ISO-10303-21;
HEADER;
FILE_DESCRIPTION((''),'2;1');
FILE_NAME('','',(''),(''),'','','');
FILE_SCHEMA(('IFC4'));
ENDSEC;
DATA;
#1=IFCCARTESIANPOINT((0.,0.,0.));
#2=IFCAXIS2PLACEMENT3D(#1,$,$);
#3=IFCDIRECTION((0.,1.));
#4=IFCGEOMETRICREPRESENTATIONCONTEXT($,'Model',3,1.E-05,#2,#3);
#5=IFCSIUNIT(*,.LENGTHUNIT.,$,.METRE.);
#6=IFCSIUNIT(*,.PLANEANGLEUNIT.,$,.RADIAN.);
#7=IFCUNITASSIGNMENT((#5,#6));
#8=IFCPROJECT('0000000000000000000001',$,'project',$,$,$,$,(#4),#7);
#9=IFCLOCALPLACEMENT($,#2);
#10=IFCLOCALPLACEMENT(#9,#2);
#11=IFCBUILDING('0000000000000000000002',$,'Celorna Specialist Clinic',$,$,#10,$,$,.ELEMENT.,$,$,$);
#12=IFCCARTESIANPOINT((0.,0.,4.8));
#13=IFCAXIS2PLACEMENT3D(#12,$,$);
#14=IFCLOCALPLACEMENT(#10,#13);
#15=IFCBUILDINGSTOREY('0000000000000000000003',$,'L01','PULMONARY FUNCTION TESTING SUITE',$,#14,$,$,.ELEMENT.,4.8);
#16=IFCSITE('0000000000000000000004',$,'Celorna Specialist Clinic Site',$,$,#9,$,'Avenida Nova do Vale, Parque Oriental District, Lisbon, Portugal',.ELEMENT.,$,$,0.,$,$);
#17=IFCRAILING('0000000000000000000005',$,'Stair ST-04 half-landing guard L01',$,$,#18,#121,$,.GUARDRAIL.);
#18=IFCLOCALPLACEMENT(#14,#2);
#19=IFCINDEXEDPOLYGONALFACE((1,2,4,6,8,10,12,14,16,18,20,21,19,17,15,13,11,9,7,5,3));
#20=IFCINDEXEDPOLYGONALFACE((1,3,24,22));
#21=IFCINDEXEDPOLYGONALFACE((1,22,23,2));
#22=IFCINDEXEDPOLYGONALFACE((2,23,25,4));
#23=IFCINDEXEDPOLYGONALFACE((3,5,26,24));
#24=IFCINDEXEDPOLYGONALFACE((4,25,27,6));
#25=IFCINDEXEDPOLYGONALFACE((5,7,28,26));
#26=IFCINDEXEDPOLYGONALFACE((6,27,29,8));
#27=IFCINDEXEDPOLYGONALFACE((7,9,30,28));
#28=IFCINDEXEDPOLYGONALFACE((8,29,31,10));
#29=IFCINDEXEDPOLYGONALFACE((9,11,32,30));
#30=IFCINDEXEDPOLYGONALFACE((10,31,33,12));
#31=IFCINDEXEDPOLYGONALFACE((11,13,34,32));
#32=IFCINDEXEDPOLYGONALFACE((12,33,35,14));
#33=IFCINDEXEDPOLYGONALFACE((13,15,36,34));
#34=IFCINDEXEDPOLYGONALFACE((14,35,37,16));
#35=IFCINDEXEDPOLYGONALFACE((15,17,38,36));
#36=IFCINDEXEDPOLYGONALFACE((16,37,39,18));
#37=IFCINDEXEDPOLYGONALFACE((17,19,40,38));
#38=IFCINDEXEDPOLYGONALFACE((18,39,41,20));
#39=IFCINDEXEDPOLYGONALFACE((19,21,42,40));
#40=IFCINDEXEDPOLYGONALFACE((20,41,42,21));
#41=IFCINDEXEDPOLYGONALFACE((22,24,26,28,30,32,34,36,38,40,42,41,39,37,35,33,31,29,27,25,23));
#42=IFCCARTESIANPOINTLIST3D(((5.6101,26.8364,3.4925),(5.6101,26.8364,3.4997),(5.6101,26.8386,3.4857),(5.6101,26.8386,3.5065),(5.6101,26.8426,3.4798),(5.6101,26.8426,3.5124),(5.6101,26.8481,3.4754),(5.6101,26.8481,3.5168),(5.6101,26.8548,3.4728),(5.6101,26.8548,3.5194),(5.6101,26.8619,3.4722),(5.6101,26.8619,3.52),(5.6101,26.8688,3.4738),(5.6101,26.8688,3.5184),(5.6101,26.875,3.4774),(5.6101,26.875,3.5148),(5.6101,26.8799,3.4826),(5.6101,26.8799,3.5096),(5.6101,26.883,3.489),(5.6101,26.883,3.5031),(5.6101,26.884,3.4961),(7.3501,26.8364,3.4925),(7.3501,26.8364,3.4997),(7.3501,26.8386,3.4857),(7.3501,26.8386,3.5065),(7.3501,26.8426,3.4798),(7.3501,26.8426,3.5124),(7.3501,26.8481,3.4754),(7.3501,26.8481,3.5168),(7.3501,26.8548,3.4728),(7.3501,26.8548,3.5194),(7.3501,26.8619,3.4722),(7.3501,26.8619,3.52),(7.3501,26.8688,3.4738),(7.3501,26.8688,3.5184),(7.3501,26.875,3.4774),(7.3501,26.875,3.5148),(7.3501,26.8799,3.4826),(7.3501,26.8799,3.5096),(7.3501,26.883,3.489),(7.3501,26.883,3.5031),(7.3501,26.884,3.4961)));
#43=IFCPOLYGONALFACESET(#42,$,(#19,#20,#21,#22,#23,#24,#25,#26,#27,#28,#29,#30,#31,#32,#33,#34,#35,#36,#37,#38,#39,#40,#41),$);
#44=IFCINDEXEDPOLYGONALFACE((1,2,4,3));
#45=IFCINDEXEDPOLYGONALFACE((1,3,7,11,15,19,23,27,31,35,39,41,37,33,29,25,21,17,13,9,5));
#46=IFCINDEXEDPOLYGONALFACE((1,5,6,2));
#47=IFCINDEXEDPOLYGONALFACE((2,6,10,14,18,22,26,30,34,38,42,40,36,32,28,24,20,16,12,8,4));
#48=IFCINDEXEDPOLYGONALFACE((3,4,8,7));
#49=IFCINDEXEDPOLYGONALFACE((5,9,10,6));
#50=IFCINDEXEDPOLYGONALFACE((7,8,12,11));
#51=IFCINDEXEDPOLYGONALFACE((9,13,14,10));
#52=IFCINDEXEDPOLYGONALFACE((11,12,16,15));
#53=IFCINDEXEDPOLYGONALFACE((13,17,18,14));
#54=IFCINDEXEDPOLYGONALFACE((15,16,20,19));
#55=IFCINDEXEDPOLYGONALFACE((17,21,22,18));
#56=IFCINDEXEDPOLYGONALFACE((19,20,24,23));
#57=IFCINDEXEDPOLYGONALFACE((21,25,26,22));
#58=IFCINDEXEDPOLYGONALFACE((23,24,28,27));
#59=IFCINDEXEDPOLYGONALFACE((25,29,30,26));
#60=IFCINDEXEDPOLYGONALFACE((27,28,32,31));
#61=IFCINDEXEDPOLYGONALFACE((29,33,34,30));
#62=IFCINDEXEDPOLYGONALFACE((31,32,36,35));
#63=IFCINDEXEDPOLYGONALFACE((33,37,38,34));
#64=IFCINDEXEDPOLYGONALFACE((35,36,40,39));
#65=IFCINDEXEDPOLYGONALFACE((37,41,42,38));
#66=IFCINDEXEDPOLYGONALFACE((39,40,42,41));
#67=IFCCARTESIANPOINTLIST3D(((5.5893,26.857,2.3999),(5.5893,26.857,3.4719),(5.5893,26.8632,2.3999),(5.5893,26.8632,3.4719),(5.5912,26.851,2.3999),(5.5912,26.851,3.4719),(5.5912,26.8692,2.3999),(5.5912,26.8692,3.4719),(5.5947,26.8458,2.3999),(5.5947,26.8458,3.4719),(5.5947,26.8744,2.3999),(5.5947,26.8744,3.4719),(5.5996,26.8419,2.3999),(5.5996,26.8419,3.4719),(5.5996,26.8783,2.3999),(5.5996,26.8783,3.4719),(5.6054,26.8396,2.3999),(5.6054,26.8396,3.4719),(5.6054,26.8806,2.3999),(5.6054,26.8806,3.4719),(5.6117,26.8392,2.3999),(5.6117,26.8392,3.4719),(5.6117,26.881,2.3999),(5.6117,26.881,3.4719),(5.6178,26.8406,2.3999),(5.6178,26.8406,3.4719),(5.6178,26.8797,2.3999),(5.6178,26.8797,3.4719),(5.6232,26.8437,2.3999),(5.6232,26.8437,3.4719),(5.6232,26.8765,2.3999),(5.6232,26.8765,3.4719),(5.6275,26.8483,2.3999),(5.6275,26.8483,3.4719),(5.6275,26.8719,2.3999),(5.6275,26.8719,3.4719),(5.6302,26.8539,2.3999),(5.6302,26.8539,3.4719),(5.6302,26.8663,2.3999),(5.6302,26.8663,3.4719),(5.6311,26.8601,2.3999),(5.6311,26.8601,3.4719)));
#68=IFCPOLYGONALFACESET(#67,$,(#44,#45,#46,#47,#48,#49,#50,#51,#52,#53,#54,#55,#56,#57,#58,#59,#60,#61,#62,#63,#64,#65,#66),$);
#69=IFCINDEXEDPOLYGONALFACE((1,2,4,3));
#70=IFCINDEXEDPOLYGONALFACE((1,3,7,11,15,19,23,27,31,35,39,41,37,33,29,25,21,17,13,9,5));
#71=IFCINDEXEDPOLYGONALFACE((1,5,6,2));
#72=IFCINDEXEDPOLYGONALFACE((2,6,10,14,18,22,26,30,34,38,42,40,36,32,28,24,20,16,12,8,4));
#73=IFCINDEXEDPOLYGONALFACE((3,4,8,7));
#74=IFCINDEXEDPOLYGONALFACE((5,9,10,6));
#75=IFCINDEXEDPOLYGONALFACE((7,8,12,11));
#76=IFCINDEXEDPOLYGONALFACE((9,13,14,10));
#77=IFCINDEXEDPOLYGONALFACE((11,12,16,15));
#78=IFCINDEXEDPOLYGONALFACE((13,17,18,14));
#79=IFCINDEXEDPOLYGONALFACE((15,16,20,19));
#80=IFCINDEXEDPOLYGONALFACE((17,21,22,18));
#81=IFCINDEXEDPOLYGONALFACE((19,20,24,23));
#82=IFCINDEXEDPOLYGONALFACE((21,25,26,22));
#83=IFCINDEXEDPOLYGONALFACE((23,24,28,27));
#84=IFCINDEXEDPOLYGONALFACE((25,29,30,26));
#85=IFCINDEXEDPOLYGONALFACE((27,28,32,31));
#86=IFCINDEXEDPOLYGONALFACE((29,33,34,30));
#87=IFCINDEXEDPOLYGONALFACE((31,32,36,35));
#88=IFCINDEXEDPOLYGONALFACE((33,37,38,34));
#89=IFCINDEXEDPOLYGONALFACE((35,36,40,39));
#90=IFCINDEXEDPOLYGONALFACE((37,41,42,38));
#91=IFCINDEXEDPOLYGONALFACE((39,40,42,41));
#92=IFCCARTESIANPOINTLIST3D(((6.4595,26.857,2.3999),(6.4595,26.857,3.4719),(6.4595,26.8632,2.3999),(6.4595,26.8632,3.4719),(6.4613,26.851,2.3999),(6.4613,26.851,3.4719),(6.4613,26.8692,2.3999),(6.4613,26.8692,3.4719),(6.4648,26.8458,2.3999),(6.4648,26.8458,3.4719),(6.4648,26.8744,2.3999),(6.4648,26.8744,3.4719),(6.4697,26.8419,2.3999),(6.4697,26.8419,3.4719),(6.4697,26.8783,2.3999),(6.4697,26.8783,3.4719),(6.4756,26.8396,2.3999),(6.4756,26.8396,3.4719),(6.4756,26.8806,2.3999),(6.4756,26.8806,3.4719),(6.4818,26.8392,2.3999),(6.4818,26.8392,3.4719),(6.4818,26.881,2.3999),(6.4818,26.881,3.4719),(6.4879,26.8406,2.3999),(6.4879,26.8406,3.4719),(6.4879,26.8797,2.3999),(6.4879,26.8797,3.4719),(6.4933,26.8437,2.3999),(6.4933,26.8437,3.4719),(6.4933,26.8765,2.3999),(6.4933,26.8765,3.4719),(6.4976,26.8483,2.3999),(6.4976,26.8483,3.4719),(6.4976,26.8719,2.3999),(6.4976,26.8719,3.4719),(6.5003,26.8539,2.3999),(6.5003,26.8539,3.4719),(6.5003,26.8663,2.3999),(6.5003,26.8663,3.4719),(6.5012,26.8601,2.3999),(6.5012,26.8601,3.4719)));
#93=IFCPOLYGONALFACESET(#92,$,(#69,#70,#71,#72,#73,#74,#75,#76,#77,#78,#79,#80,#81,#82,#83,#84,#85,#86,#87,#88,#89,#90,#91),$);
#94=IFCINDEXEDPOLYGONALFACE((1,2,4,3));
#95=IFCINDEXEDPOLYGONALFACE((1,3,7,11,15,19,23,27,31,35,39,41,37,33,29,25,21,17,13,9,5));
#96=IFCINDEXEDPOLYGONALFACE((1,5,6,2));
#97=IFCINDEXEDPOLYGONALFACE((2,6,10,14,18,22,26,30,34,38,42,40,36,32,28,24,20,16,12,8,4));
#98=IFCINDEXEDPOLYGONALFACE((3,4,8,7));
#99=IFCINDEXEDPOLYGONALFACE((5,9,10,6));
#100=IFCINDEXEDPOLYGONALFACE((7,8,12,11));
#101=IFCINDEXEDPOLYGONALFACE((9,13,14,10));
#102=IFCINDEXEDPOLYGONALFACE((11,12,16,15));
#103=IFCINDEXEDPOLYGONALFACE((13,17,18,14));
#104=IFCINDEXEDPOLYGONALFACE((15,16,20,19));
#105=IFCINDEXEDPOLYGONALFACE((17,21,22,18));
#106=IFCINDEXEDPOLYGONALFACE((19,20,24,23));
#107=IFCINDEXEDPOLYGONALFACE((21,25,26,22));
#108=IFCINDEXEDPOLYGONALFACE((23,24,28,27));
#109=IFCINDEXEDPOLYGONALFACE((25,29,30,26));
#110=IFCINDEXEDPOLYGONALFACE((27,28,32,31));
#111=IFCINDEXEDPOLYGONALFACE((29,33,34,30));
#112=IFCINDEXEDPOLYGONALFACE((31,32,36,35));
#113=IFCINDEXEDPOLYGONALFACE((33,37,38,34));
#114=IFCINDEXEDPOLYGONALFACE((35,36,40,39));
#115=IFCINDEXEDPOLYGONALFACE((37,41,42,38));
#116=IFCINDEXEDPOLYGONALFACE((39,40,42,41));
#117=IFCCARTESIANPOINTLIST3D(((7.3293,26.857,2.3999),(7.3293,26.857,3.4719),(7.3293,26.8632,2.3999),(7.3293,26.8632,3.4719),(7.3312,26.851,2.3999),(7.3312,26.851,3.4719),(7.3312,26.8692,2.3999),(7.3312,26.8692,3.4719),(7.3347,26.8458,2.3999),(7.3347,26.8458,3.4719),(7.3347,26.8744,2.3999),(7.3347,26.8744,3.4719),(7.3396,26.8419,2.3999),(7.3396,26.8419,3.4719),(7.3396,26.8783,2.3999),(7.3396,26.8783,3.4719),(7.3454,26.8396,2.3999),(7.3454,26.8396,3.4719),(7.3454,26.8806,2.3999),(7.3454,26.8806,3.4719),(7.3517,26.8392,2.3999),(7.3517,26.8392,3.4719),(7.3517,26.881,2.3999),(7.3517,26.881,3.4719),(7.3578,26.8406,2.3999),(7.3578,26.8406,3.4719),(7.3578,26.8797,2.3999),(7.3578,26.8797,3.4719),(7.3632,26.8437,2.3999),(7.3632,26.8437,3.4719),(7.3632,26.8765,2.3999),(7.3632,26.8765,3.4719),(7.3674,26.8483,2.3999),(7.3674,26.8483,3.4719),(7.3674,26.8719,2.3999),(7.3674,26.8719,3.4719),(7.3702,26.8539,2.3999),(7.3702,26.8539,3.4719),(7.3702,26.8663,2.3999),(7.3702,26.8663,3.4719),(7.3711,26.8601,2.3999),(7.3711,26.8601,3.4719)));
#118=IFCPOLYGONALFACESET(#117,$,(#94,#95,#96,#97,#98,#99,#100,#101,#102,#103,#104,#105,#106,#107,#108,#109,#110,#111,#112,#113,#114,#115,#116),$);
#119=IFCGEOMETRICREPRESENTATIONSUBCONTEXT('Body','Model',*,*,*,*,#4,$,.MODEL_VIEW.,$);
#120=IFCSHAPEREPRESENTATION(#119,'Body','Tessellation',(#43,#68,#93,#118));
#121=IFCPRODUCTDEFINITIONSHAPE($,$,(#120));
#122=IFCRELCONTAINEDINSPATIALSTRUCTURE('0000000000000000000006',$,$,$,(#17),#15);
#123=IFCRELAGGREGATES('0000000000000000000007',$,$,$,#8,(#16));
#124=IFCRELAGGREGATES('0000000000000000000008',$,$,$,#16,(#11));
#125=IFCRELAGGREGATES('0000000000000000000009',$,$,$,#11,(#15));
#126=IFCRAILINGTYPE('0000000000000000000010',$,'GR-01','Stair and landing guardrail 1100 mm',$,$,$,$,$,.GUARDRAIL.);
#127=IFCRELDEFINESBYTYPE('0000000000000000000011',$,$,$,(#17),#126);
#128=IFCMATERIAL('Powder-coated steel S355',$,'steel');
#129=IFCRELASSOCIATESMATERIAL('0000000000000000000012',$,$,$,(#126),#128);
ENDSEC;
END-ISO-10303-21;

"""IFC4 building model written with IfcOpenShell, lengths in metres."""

from ifc_helpers import new_model, si_unit, direction, frame, origin, origin_2d, place, context, subcontext, project, spatial, circle, extrude, material, type_object, element, save


model = new_model("IFC4")

# Units and contexts
model_context = context("Model", 3, precision=1e-05, world=origin(), true_north=direction((0.0, 1.0)))
body_context = subcontext(model_context, "Body", "Model", "MODEL_VIEW")
ifc_project = project(units=[si_unit("LENGTHUNIT", "METRE"), si_unit("PLANEANGLEUNIT", "RADIAN")], contexts=[model_context])

# Site, building, storey
site_placement = place(None, origin())
site = spatial("IfcSite", under=ifc_project, at=site_placement, Name="Celorna Specialist Clinic Site", LongName="Avenida Nova do Vale, Parque Oriental District, Lisbon, Portugal", CompositionType="ELEMENT", RefElevation=0.0)
building_placement = place(site_placement, origin())
building = spatial("IfcBuilding", under=site, at=building_placement, Name="Celorna Specialist Clinic", CompositionType="ELEMENT")
storey_placement = place(building_placement, frame((0.0, 0.0, 4.8)))
storey = spatial("IfcBuildingStorey", under=building, at=storey_placement, Name="L01", Description="PULMONARY FUNCTION TESTING SUITE", CompositionType="ELEMENT", Elevation=4.8)

# Railing
ifc_material_1 = material(Name="Powder-coated steel S355", Category="steel")
railing_type_1 = type_object("IfcRailingType", Name="GR-01", Description="Stair and landing guardrail 1100 mm", PredefinedType="GUARDRAIL", material=ifc_material_1)
railing_1_placement = place(storey_placement, frame((5.6101, 26.8601, 2.3999)))
element("IfcRailing", 1, at=railing_1_placement, inside=storey, type_object=railing_type_1, Name="Stair ST-04 half-landing guard L01", PredefinedType="GUARDRAIL", context=body_context, shape_type="SweptSolid", body=[
    extrude(circle(Radius=0.0239, at=origin_2d()), frame((0.0, 0.0, 1.0962), z_axis=(1.0, 0.0, 0.0), x_axis=(0.0, 1.0, 0.0)), (0.0, 0.0, 1.0), 1.74),
    extrude(circle(Radius=0.021, at=origin_2d()), origin(), (0.0, 0.0, 1.0), 1.072),
    extrude(circle(Radius=0.021, at=origin_2d()), frame((0.8701, 0.0, 0.0)), (0.0, 0.0, 1.0), 1.072),
    extrude(circle(Radius=0.021, at=origin_2d()), frame((1.74, 0.0, 0.0)), (0.0, 0.0, 1.0), 1.072),
])

save(model, "model.ifc")
